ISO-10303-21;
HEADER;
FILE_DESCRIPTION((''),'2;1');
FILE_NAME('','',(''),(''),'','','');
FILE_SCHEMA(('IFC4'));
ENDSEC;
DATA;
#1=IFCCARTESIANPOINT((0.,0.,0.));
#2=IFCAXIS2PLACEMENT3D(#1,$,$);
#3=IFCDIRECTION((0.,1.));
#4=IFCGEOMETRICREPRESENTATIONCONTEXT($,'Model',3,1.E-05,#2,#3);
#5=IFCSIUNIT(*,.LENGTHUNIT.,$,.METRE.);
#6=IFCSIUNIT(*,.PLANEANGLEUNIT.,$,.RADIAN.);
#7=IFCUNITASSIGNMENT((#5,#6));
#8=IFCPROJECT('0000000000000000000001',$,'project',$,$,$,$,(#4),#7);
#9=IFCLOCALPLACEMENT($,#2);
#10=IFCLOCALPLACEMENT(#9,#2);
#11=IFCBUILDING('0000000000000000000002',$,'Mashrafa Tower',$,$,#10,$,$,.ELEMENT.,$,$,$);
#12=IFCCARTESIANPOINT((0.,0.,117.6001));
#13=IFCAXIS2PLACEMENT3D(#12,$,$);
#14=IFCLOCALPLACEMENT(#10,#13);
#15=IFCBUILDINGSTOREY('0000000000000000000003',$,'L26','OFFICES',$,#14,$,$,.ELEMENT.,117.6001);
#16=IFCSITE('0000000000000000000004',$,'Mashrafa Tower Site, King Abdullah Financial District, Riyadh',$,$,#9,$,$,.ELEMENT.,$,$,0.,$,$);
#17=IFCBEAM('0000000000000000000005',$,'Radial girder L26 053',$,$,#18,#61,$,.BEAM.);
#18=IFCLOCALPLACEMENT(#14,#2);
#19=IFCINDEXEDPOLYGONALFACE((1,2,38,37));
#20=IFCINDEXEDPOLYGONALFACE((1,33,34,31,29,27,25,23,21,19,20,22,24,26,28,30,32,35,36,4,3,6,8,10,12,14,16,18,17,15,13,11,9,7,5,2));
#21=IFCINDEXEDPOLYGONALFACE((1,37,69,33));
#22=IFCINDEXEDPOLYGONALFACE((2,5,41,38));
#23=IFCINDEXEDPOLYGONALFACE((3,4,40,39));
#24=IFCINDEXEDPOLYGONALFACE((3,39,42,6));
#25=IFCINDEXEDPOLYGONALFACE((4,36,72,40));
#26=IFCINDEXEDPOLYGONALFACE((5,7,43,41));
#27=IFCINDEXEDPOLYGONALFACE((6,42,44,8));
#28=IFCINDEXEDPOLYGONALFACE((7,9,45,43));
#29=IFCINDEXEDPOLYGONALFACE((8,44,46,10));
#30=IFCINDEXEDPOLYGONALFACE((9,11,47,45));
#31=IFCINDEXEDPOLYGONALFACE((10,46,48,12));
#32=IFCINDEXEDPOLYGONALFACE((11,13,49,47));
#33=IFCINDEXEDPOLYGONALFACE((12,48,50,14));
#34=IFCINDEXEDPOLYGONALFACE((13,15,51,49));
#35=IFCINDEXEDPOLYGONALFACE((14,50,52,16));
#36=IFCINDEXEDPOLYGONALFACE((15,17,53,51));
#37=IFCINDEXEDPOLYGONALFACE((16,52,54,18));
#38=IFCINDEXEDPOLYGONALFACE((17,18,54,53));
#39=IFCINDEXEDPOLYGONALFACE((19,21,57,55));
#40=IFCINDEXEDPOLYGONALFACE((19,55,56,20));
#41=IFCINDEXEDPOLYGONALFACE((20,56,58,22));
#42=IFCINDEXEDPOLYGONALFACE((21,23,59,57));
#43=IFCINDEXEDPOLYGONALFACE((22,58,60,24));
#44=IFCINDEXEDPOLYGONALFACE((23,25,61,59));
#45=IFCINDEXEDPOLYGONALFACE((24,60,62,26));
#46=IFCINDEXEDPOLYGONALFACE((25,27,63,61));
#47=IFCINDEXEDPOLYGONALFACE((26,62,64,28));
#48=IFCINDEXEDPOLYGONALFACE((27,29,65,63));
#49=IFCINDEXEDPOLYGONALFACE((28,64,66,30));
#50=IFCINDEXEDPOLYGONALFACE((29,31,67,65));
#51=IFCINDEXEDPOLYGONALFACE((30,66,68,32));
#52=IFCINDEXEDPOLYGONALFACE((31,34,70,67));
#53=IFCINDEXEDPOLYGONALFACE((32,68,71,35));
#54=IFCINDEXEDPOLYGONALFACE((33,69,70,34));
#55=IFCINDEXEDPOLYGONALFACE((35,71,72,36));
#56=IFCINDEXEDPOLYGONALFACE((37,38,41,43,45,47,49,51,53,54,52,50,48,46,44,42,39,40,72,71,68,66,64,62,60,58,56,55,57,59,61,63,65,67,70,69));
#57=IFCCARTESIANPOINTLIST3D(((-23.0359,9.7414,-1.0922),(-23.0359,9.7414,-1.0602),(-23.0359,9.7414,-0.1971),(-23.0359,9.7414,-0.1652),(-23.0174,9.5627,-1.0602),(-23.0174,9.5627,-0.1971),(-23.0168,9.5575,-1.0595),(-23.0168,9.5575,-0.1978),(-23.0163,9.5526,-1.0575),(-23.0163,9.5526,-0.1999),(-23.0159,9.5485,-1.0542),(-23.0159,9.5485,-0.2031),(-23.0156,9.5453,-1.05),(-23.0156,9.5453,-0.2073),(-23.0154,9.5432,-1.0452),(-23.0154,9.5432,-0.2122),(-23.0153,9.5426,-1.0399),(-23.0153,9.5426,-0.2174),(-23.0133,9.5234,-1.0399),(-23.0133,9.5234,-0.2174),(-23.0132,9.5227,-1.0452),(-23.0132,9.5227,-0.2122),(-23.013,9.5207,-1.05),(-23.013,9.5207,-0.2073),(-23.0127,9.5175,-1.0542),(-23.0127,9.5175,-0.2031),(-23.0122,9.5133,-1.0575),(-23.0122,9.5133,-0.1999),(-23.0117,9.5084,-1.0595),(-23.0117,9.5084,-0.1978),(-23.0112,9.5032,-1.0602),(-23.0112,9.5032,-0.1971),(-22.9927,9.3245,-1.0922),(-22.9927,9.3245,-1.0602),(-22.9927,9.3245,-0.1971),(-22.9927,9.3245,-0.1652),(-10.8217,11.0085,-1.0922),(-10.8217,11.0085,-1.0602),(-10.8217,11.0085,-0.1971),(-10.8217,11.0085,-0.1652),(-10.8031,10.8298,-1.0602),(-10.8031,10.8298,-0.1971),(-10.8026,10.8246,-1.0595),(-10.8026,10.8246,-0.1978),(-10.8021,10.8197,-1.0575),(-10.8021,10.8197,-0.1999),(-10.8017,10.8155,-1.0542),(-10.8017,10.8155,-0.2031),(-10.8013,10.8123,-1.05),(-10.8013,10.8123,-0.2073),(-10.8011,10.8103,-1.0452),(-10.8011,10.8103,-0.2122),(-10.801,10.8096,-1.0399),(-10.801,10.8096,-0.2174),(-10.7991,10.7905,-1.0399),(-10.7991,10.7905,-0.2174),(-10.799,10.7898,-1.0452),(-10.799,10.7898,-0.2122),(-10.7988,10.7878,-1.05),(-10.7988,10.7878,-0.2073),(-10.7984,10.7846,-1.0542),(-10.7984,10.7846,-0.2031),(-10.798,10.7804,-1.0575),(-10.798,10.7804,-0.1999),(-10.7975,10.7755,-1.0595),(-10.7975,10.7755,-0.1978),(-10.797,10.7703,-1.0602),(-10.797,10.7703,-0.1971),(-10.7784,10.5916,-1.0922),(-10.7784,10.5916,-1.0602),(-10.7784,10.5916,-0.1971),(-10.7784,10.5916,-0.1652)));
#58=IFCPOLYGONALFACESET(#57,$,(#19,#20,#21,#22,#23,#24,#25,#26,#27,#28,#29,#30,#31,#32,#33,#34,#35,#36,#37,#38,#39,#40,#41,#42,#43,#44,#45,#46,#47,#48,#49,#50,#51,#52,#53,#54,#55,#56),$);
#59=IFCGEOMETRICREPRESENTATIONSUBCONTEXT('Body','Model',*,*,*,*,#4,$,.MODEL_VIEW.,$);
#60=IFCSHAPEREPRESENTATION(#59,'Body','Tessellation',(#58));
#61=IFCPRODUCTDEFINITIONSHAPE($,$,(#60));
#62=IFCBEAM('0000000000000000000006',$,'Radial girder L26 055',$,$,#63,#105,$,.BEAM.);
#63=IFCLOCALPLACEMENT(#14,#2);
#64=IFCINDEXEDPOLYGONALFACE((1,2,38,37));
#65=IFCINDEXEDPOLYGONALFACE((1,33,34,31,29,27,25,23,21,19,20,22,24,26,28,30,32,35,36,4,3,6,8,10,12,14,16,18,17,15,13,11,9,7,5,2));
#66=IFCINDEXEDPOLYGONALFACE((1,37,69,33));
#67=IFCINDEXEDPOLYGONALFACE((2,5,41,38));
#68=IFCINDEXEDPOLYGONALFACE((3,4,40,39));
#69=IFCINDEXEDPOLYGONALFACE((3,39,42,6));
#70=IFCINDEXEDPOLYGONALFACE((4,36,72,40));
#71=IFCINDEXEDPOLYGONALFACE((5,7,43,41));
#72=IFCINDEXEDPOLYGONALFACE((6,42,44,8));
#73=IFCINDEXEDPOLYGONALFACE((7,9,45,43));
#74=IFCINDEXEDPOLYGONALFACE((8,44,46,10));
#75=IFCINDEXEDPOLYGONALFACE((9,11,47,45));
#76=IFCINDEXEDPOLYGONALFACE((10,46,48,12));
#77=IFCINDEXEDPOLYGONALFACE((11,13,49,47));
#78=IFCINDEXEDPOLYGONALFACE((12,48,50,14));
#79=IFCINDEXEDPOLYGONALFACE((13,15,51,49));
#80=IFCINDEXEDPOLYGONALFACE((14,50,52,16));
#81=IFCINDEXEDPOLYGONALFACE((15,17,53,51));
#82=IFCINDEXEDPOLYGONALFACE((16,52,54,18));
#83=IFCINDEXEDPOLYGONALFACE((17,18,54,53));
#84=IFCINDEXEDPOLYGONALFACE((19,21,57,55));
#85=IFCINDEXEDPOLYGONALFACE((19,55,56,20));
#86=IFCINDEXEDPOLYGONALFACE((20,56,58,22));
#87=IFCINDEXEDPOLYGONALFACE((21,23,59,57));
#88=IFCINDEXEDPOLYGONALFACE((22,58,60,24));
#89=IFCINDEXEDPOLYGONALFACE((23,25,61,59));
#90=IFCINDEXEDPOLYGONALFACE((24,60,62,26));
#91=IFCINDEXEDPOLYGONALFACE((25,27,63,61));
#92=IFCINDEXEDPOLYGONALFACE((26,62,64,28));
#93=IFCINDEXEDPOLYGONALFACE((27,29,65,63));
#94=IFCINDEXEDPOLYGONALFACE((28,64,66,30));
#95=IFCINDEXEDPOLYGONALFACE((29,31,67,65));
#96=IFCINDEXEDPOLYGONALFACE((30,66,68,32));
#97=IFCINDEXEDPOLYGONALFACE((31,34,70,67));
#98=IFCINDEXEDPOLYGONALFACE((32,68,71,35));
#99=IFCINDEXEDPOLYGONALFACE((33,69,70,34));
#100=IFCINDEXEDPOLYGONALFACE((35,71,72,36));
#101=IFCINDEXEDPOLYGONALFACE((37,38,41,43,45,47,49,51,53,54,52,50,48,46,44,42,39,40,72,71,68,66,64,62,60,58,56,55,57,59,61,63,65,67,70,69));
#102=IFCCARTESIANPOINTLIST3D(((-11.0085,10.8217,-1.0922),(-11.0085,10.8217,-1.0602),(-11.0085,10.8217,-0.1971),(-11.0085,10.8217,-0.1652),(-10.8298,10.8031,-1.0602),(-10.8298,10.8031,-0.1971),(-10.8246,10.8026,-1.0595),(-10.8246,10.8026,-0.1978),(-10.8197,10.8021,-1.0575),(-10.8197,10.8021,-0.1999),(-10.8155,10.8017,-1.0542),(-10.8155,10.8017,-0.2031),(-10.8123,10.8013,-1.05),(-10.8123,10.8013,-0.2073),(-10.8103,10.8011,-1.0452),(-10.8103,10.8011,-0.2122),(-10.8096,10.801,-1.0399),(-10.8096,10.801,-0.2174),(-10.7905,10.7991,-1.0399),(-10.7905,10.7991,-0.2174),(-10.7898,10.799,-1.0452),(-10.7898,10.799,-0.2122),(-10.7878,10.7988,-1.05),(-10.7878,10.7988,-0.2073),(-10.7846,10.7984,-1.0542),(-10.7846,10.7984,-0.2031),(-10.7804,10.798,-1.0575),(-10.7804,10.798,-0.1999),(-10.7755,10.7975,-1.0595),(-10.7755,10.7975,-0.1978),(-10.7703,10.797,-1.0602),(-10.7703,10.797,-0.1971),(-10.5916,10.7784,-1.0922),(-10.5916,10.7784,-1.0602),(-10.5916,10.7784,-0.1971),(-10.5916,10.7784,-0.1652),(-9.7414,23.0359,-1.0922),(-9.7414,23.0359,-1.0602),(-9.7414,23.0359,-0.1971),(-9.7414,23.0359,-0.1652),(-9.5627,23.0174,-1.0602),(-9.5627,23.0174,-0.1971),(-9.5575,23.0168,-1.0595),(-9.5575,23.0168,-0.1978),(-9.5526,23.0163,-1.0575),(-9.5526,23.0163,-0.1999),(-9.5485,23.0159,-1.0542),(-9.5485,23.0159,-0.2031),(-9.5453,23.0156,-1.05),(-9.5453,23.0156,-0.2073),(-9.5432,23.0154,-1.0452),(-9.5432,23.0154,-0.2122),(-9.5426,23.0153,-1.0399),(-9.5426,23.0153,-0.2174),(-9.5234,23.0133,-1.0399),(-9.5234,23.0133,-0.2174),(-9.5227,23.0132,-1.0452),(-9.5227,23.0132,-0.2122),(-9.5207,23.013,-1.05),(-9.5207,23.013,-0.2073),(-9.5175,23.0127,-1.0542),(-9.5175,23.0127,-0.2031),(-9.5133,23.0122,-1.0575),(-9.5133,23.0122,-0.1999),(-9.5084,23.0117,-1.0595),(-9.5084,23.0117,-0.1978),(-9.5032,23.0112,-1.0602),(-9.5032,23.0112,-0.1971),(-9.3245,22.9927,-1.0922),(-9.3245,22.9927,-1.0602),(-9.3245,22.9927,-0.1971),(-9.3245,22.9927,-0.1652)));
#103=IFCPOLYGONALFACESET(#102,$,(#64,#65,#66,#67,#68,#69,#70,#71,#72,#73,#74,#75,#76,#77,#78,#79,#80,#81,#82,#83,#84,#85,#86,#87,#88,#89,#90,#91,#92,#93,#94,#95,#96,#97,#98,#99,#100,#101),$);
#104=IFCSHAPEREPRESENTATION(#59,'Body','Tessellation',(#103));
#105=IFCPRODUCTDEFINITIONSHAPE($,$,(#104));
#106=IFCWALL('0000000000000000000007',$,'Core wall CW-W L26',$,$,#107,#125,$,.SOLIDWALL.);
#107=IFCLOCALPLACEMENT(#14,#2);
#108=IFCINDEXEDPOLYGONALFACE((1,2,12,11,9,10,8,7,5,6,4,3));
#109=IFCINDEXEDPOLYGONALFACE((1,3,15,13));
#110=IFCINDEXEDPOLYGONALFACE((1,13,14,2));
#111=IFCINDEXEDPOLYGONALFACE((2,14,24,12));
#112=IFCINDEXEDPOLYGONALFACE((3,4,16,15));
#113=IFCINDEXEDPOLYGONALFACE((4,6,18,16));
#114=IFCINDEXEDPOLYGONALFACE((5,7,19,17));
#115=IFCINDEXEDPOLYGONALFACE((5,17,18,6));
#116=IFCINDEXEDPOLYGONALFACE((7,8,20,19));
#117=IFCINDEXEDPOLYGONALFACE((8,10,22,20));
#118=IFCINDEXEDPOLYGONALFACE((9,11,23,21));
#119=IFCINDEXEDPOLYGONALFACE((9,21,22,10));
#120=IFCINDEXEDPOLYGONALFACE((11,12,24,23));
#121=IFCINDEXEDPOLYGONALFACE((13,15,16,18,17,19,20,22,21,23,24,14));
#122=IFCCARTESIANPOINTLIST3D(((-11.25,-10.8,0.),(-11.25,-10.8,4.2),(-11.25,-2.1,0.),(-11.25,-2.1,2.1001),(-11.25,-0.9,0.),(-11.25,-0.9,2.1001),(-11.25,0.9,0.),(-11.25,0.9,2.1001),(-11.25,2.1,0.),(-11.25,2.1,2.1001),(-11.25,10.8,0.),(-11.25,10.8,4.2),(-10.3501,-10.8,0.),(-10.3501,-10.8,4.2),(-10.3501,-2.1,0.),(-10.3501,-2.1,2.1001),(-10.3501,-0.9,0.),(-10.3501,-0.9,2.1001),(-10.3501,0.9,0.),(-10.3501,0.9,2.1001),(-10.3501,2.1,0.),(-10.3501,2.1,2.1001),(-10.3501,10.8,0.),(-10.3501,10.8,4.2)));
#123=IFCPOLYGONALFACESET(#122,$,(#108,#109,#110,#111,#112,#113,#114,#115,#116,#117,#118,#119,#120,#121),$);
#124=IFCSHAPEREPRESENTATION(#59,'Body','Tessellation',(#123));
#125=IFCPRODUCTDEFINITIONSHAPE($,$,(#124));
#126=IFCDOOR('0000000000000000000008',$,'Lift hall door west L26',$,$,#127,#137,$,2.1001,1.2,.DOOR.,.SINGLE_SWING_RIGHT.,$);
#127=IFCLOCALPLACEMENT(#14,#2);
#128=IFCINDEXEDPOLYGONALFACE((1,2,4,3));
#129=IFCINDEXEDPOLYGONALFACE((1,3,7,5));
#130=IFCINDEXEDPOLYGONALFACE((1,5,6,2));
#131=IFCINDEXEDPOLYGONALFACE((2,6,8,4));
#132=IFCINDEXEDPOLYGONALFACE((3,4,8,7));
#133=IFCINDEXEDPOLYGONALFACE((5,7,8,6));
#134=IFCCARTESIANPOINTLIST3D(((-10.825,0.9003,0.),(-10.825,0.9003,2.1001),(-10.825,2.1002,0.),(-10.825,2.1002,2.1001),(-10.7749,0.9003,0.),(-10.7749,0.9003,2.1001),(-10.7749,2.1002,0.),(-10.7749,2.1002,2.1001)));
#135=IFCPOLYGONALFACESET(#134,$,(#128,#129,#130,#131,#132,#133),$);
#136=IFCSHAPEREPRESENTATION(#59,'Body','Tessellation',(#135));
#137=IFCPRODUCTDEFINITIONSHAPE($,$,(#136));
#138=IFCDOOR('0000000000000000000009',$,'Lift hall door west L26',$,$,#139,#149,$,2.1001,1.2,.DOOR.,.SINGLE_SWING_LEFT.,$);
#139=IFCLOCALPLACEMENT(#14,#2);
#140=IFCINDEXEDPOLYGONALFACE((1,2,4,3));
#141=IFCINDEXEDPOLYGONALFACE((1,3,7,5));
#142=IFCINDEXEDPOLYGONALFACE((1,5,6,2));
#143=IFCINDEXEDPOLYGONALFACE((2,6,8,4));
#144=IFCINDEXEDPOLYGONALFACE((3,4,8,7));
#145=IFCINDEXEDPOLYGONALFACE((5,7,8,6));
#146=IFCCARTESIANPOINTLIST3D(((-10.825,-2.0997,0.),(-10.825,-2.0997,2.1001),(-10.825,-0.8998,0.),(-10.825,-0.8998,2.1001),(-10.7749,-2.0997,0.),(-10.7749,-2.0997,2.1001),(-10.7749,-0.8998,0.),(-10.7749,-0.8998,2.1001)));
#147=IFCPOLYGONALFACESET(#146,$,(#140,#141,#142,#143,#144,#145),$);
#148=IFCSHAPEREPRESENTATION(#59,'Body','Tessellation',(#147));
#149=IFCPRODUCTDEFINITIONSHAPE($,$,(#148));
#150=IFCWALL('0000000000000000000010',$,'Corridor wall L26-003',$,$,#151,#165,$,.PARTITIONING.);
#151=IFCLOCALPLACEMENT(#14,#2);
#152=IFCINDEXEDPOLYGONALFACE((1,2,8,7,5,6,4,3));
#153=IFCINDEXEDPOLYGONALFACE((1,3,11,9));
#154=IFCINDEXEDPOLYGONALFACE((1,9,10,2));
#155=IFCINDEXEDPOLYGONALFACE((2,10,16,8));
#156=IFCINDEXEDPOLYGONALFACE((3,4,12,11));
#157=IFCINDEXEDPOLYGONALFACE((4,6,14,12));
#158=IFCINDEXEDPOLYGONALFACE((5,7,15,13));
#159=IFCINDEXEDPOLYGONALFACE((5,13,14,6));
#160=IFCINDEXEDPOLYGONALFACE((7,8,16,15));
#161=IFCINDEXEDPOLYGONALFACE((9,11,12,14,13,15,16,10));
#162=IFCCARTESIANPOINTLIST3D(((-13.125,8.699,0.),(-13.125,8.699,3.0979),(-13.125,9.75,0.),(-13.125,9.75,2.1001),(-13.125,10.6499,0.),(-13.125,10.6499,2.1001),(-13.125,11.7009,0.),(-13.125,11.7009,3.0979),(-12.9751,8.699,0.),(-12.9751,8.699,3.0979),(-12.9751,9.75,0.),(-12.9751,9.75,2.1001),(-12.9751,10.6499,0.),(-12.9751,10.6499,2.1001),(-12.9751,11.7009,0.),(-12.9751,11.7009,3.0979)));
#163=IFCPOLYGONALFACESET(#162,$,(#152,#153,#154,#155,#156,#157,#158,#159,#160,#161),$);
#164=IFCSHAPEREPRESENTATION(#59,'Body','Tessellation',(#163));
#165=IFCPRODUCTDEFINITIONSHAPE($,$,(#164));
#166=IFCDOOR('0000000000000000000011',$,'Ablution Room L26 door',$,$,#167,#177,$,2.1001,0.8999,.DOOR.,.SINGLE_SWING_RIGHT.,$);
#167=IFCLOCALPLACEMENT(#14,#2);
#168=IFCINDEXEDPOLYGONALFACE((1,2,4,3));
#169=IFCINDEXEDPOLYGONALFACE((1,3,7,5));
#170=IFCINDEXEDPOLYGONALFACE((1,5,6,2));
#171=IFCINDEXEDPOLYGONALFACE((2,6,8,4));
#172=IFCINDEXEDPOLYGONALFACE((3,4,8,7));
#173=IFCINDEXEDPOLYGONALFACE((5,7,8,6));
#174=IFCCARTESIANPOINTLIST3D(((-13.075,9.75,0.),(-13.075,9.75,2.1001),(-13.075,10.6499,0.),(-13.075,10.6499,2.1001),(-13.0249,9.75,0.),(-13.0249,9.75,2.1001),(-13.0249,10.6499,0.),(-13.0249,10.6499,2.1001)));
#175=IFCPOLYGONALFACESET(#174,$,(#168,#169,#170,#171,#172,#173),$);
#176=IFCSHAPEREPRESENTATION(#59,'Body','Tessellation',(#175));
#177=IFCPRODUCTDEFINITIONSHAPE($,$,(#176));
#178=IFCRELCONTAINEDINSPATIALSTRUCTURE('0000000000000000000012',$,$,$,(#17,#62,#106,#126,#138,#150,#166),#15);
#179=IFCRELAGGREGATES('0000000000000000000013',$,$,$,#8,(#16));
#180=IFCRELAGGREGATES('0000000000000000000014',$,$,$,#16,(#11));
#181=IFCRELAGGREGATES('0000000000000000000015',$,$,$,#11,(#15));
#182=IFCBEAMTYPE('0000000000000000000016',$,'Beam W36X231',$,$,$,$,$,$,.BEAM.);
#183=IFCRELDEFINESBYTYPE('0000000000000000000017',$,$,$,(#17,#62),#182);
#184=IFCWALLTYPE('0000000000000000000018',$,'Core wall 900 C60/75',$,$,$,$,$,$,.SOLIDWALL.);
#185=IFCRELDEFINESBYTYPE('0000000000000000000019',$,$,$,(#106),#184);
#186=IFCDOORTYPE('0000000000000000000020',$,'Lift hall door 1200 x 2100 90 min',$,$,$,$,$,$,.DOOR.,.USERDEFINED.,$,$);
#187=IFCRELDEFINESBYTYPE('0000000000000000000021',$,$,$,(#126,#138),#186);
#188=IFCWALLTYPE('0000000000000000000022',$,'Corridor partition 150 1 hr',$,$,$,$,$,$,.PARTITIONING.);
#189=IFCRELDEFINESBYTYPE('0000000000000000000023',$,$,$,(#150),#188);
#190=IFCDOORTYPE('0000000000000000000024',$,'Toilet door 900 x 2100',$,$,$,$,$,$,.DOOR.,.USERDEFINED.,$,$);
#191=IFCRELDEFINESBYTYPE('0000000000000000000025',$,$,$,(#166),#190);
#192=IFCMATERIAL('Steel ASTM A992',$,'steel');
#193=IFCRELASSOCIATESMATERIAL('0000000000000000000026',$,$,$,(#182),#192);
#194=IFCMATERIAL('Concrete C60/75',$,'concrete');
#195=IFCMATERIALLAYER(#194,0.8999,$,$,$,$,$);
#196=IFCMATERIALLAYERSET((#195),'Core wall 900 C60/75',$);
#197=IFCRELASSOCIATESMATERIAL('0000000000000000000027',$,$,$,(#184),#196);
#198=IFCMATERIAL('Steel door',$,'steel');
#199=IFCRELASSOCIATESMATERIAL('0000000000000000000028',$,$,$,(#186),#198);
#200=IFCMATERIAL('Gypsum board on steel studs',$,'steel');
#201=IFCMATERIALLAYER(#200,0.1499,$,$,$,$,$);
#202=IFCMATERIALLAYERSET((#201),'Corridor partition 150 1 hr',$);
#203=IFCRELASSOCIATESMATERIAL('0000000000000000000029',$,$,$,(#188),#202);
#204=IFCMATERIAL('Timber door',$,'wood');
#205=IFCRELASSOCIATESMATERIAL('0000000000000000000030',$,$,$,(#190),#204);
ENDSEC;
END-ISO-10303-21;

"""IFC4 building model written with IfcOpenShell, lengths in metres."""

from ifc_helpers import new_model, si_unit, direction, frame, frame_2d, origin, origin_2d, place, context, subcontext, project, spatial, rectangle, i_section, extrude, material, layer, layer_set, material_profile, profile_set, type_object, element, fill, save


model = new_model("IFC4")

# Units and contexts
model_context = context("Model", 3, precision=1e-05, world=origin(), true_north=direction((0.0, 1.0)))
body_context = subcontext(model_context, "Body", "Model", "MODEL_VIEW")
ifc_project = project(units=[si_unit("LENGTHUNIT", "METRE"), si_unit("PLANEANGLEUNIT", "RADIAN")], contexts=[model_context])

# Site, building, storey
site_placement = place(None, origin())
site = spatial("IfcSite", under=ifc_project, at=site_placement, Name="Mashrafa Tower Site, King Abdullah Financial District, Riyadh", CompositionType="ELEMENT", RefElevation=0.0)
building_placement = place(site_placement, origin())
building = spatial("IfcBuilding", under=site, at=building_placement, Name="Mashrafa Tower", CompositionType="ELEMENT")
storey_placement = place(building_placement, frame((0.0, 0.0, 117.6001)))
storey = spatial("IfcBuildingStorey", under=building, at=storey_placement, Name="L26", Description="OFFICES", CompositionType="ELEMENT", Elevation=117.6001)

# Beams
ifc_material_1 = material(Name="Steel ASTM A992", Category="steel")
ifc_material_profile_1 = material_profile(ifc_material_1, i_section(OverallWidth=0.4192, OverallDepth=0.927, WebThickness=0.0193, FlangeThickness=0.032, FilletRadius=0.0203, at=origin_2d()), Name="W36X231")
ifc_profile_set_1 = profile_set([ifc_material_profile_1], Name="Steel ASTM A992")
beam_type_1 = type_object("IfcBeamType", Name="Beam W36X231", PredefinedType="BEAM", material=ifc_profile_set_1)
for number, where, z_axis, x_axis, name in (
    (1, (-10.8, 10.8, -0.6287), (-0.994662, -0.103184, 0.0), (0.103184, -0.994662, 0.0), "Radial girder L26 053"),
    (2, (-10.8, 10.8, -0.6287), (0.103184, 0.994662, 0.0), (-0.994662, 0.103184, 0.0), "Radial girder L26 055"),
):
    element("IfcBeam", number, at=place(storey_placement, frame(where, z_axis=z_axis, x_axis=x_axis)), inside=storey, type_object=beam_type_1, Name=name, PredefinedType="BEAM", context=body_context, shape_type="SweptSolid", body=[
        extrude(i_section(OverallWidth=0.4192, OverallDepth=0.927, WebThickness=0.0193, FlangeThickness=0.032, FilletRadius=0.0203, at=origin_2d()), origin(), (0.0, 0.0, 1.0), 12.2798),
    ])

# Wall, openings, doors
ifc_material_2 = material(Name="Concrete C60/75", Category="concrete")
ifc_layer_1 = layer(ifc_material_2, 0.8999)
ifc_layer_set_1 = layer_set([ifc_layer_1], Name="Core wall 900 C60/75")
wall_type_1 = type_object("IfcWallType", Name="Core wall 900 C60/75", PredefinedType="SOLIDWALL", material=ifc_layer_set_1)
wall_1_placement = place(storey_placement, frame((-10.8, 10.8, 0.0), z_axis=(0.0, 0.0, 1.0), x_axis=(0.0, -1.0, 0.0)))
wall_1 = element("IfcWall", 3, at=wall_1_placement, inside=storey, type_object=wall_type_1, Name="Core wall CW-W L26", PredefinedType="SOLIDWALL", context=body_context, shape_type="SweptSolid", body=[
    extrude(rectangle(XDim=21.6001, YDim=0.8999, at=frame_2d((10.8, 0.0))), origin(), (0.0, 0.0, 1.0), 4.2),
])
opening_1_placement = place(wall_1_placement, frame((8.7, 0.0, 0.0)))
opening_1 = element("IfcOpeningElement", 4, at=opening_1_placement, cuts=wall_1, PredefinedType="OPENING", context=body_context, shape_type="SweptSolid", body=[
    extrude(rectangle(XDim=1.2, YDim=2.1001, at=frame_2d((0.6001, 1.05))), frame((0.0, 0.46, 0.0), z_axis=(0.0, -1.0, 0.0), x_axis=(1.0, 0.0, 0.0)), (0.0, 0.0, 1.0), 0.9199),
])
opening_2_placement = place(wall_1_placement, frame((11.7, 0.0, 0.0)))
opening_2 = element("IfcOpeningElement", 5, at=opening_2_placement, cuts=wall_1, PredefinedType="OPENING", context=body_context, shape_type="SweptSolid", body=[
    extrude(rectangle(XDim=1.2, YDim=2.1001, at=frame_2d((0.6001, 1.05))), frame((0.0, 0.46, 0.0), z_axis=(0.0, -1.0, 0.0), x_axis=(1.0, 0.0, 0.0)), (0.0, 0.0, 1.0), 0.9199),
])
ifc_material_3 = material(Name="Steel door", Category="steel")
door_type_1 = type_object("IfcDoorType", Name="Lift hall door 1200 x 2100 90 min", OperationType="USERDEFINED", PredefinedType="DOOR", material=ifc_material_3)
door_1_placement = place(opening_1_placement, frame((1.2, 0.0, 0.0), z_axis=(0.0, 0.0, 1.0), x_axis=(-1.0, 0.0, 0.0)))
door_1 = element("IfcDoor", 6, at=door_1_placement, inside=storey, type_object=door_type_1, Name="Lift hall door west L26", OperationType="SINGLE_SWING_RIGHT", OverallHeight=2.1001, OverallWidth=1.2, PredefinedType="DOOR", context=body_context, shape_type="SweptSolid", body=[
    extrude(rectangle(XDim=1.2, YDim=2.1001, at=frame_2d((0.6001, 1.05))), frame((0.0, 0.0249, 0.0), z_axis=(0.0, -1.0, 0.0), x_axis=(1.0, 0.0, 0.0)), (0.0, 0.0, 1.0), 0.05),
])
fill(opening_1, door_1)
door_2_placement = place(opening_2_placement, frame((1.2, 0.0, 0.0), z_axis=(0.0, 0.0, 1.0), x_axis=(-1.0, 0.0, 0.0)))
door_2 = element("IfcDoor", 7, at=door_2_placement, inside=storey, type_object=door_type_1, Name="Lift hall door west L26", OperationType="SINGLE_SWING_LEFT", OverallHeight=2.1001, OverallWidth=1.2, PredefinedType="DOOR", context=body_context, shape_type="SweptSolid", body=[
    extrude(rectangle(XDim=1.2, YDim=2.1001, at=frame_2d((0.6001, 1.05))), frame((0.0, 0.0249, 0.0), z_axis=(0.0, -1.0, 0.0), x_axis=(1.0, 0.0, 0.0)), (0.0, 0.0, 1.0), 0.05),
])
fill(opening_2, door_2)

# Wall, opening, door
ifc_material_4 = material(Name="Gypsum board on steel studs", Category="steel")
ifc_layer_2 = layer(ifc_material_4, 0.1499)
ifc_layer_set_2 = layer_set([ifc_layer_2], Name="Corridor partition 150 1 hr")
wall_type_2 = type_object("IfcWallType", Name="Corridor partition 150 1 hr", PredefinedType="PARTITIONING", material=ifc_layer_set_2)
wall_2_placement = place(storey_placement, frame((-13.05, 11.7009, 0.0), z_axis=(0.0, 0.0, 1.0), x_axis=(0.0, -1.0, 0.0)))
wall_2 = element("IfcWall", 8, at=wall_2_placement, inside=storey, type_object=wall_type_2, Name="Corridor wall L26-003", PredefinedType="PARTITIONING", context=body_context, shape_type="SweptSolid", body=[
    extrude(rectangle(XDim=3.002, YDim=0.1499, at=frame_2d((1.501, 0.0))), origin(), (0.0, 0.0, 1.0), 3.0979),
])
opening_3_placement = place(wall_2_placement, frame((1.051, 0.0, 0.0)))
opening_3 = element("IfcOpeningElement", 9, at=opening_3_placement, cuts=wall_2, PredefinedType="OPENING", context=body_context, shape_type="SweptSolid", body=[
    extrude(rectangle(XDim=0.8999, YDim=2.1001, at=frame_2d((0.45, 1.05))), frame((0.0, 0.085, 0.0), z_axis=(0.0, -1.0, 0.0), x_axis=(1.0, 0.0, 0.0)), (0.0, 0.0, 1.0), 0.1699),
])
ifc_material_5 = material(Name="Timber door", Category="wood")
door_type_2 = type_object("IfcDoorType", Name="Toilet door 900 x 2100", OperationType="USERDEFINED", PredefinedType="DOOR", material=ifc_material_5)
door_3_placement = place(opening_3_placement, frame((0.8999, 0.0, 0.0), z_axis=(0.0, 0.0, 1.0), x_axis=(-1.0, 0.0, 0.0)))
door_3 = element("IfcDoor", 10, at=door_3_placement, inside=storey, type_object=door_type_2, Name="Ablution Room L26 door", OperationType="SINGLE_SWING_RIGHT", OverallHeight=2.1001, OverallWidth=0.8999, PredefinedType="DOOR", context=body_context, shape_type="SweptSolid", body=[
    extrude(rectangle(XDim=0.8999, YDim=2.1001, at=frame_2d((0.45, 1.05))), frame((0.0, 0.0249, 0.0), z_axis=(0.0, -1.0, 0.0), x_axis=(1.0, 0.0, 0.0)), (0.0, 0.0, 1.0), 0.05),
])
fill(opening_3, door_3)

save(model, "model.ifc")
